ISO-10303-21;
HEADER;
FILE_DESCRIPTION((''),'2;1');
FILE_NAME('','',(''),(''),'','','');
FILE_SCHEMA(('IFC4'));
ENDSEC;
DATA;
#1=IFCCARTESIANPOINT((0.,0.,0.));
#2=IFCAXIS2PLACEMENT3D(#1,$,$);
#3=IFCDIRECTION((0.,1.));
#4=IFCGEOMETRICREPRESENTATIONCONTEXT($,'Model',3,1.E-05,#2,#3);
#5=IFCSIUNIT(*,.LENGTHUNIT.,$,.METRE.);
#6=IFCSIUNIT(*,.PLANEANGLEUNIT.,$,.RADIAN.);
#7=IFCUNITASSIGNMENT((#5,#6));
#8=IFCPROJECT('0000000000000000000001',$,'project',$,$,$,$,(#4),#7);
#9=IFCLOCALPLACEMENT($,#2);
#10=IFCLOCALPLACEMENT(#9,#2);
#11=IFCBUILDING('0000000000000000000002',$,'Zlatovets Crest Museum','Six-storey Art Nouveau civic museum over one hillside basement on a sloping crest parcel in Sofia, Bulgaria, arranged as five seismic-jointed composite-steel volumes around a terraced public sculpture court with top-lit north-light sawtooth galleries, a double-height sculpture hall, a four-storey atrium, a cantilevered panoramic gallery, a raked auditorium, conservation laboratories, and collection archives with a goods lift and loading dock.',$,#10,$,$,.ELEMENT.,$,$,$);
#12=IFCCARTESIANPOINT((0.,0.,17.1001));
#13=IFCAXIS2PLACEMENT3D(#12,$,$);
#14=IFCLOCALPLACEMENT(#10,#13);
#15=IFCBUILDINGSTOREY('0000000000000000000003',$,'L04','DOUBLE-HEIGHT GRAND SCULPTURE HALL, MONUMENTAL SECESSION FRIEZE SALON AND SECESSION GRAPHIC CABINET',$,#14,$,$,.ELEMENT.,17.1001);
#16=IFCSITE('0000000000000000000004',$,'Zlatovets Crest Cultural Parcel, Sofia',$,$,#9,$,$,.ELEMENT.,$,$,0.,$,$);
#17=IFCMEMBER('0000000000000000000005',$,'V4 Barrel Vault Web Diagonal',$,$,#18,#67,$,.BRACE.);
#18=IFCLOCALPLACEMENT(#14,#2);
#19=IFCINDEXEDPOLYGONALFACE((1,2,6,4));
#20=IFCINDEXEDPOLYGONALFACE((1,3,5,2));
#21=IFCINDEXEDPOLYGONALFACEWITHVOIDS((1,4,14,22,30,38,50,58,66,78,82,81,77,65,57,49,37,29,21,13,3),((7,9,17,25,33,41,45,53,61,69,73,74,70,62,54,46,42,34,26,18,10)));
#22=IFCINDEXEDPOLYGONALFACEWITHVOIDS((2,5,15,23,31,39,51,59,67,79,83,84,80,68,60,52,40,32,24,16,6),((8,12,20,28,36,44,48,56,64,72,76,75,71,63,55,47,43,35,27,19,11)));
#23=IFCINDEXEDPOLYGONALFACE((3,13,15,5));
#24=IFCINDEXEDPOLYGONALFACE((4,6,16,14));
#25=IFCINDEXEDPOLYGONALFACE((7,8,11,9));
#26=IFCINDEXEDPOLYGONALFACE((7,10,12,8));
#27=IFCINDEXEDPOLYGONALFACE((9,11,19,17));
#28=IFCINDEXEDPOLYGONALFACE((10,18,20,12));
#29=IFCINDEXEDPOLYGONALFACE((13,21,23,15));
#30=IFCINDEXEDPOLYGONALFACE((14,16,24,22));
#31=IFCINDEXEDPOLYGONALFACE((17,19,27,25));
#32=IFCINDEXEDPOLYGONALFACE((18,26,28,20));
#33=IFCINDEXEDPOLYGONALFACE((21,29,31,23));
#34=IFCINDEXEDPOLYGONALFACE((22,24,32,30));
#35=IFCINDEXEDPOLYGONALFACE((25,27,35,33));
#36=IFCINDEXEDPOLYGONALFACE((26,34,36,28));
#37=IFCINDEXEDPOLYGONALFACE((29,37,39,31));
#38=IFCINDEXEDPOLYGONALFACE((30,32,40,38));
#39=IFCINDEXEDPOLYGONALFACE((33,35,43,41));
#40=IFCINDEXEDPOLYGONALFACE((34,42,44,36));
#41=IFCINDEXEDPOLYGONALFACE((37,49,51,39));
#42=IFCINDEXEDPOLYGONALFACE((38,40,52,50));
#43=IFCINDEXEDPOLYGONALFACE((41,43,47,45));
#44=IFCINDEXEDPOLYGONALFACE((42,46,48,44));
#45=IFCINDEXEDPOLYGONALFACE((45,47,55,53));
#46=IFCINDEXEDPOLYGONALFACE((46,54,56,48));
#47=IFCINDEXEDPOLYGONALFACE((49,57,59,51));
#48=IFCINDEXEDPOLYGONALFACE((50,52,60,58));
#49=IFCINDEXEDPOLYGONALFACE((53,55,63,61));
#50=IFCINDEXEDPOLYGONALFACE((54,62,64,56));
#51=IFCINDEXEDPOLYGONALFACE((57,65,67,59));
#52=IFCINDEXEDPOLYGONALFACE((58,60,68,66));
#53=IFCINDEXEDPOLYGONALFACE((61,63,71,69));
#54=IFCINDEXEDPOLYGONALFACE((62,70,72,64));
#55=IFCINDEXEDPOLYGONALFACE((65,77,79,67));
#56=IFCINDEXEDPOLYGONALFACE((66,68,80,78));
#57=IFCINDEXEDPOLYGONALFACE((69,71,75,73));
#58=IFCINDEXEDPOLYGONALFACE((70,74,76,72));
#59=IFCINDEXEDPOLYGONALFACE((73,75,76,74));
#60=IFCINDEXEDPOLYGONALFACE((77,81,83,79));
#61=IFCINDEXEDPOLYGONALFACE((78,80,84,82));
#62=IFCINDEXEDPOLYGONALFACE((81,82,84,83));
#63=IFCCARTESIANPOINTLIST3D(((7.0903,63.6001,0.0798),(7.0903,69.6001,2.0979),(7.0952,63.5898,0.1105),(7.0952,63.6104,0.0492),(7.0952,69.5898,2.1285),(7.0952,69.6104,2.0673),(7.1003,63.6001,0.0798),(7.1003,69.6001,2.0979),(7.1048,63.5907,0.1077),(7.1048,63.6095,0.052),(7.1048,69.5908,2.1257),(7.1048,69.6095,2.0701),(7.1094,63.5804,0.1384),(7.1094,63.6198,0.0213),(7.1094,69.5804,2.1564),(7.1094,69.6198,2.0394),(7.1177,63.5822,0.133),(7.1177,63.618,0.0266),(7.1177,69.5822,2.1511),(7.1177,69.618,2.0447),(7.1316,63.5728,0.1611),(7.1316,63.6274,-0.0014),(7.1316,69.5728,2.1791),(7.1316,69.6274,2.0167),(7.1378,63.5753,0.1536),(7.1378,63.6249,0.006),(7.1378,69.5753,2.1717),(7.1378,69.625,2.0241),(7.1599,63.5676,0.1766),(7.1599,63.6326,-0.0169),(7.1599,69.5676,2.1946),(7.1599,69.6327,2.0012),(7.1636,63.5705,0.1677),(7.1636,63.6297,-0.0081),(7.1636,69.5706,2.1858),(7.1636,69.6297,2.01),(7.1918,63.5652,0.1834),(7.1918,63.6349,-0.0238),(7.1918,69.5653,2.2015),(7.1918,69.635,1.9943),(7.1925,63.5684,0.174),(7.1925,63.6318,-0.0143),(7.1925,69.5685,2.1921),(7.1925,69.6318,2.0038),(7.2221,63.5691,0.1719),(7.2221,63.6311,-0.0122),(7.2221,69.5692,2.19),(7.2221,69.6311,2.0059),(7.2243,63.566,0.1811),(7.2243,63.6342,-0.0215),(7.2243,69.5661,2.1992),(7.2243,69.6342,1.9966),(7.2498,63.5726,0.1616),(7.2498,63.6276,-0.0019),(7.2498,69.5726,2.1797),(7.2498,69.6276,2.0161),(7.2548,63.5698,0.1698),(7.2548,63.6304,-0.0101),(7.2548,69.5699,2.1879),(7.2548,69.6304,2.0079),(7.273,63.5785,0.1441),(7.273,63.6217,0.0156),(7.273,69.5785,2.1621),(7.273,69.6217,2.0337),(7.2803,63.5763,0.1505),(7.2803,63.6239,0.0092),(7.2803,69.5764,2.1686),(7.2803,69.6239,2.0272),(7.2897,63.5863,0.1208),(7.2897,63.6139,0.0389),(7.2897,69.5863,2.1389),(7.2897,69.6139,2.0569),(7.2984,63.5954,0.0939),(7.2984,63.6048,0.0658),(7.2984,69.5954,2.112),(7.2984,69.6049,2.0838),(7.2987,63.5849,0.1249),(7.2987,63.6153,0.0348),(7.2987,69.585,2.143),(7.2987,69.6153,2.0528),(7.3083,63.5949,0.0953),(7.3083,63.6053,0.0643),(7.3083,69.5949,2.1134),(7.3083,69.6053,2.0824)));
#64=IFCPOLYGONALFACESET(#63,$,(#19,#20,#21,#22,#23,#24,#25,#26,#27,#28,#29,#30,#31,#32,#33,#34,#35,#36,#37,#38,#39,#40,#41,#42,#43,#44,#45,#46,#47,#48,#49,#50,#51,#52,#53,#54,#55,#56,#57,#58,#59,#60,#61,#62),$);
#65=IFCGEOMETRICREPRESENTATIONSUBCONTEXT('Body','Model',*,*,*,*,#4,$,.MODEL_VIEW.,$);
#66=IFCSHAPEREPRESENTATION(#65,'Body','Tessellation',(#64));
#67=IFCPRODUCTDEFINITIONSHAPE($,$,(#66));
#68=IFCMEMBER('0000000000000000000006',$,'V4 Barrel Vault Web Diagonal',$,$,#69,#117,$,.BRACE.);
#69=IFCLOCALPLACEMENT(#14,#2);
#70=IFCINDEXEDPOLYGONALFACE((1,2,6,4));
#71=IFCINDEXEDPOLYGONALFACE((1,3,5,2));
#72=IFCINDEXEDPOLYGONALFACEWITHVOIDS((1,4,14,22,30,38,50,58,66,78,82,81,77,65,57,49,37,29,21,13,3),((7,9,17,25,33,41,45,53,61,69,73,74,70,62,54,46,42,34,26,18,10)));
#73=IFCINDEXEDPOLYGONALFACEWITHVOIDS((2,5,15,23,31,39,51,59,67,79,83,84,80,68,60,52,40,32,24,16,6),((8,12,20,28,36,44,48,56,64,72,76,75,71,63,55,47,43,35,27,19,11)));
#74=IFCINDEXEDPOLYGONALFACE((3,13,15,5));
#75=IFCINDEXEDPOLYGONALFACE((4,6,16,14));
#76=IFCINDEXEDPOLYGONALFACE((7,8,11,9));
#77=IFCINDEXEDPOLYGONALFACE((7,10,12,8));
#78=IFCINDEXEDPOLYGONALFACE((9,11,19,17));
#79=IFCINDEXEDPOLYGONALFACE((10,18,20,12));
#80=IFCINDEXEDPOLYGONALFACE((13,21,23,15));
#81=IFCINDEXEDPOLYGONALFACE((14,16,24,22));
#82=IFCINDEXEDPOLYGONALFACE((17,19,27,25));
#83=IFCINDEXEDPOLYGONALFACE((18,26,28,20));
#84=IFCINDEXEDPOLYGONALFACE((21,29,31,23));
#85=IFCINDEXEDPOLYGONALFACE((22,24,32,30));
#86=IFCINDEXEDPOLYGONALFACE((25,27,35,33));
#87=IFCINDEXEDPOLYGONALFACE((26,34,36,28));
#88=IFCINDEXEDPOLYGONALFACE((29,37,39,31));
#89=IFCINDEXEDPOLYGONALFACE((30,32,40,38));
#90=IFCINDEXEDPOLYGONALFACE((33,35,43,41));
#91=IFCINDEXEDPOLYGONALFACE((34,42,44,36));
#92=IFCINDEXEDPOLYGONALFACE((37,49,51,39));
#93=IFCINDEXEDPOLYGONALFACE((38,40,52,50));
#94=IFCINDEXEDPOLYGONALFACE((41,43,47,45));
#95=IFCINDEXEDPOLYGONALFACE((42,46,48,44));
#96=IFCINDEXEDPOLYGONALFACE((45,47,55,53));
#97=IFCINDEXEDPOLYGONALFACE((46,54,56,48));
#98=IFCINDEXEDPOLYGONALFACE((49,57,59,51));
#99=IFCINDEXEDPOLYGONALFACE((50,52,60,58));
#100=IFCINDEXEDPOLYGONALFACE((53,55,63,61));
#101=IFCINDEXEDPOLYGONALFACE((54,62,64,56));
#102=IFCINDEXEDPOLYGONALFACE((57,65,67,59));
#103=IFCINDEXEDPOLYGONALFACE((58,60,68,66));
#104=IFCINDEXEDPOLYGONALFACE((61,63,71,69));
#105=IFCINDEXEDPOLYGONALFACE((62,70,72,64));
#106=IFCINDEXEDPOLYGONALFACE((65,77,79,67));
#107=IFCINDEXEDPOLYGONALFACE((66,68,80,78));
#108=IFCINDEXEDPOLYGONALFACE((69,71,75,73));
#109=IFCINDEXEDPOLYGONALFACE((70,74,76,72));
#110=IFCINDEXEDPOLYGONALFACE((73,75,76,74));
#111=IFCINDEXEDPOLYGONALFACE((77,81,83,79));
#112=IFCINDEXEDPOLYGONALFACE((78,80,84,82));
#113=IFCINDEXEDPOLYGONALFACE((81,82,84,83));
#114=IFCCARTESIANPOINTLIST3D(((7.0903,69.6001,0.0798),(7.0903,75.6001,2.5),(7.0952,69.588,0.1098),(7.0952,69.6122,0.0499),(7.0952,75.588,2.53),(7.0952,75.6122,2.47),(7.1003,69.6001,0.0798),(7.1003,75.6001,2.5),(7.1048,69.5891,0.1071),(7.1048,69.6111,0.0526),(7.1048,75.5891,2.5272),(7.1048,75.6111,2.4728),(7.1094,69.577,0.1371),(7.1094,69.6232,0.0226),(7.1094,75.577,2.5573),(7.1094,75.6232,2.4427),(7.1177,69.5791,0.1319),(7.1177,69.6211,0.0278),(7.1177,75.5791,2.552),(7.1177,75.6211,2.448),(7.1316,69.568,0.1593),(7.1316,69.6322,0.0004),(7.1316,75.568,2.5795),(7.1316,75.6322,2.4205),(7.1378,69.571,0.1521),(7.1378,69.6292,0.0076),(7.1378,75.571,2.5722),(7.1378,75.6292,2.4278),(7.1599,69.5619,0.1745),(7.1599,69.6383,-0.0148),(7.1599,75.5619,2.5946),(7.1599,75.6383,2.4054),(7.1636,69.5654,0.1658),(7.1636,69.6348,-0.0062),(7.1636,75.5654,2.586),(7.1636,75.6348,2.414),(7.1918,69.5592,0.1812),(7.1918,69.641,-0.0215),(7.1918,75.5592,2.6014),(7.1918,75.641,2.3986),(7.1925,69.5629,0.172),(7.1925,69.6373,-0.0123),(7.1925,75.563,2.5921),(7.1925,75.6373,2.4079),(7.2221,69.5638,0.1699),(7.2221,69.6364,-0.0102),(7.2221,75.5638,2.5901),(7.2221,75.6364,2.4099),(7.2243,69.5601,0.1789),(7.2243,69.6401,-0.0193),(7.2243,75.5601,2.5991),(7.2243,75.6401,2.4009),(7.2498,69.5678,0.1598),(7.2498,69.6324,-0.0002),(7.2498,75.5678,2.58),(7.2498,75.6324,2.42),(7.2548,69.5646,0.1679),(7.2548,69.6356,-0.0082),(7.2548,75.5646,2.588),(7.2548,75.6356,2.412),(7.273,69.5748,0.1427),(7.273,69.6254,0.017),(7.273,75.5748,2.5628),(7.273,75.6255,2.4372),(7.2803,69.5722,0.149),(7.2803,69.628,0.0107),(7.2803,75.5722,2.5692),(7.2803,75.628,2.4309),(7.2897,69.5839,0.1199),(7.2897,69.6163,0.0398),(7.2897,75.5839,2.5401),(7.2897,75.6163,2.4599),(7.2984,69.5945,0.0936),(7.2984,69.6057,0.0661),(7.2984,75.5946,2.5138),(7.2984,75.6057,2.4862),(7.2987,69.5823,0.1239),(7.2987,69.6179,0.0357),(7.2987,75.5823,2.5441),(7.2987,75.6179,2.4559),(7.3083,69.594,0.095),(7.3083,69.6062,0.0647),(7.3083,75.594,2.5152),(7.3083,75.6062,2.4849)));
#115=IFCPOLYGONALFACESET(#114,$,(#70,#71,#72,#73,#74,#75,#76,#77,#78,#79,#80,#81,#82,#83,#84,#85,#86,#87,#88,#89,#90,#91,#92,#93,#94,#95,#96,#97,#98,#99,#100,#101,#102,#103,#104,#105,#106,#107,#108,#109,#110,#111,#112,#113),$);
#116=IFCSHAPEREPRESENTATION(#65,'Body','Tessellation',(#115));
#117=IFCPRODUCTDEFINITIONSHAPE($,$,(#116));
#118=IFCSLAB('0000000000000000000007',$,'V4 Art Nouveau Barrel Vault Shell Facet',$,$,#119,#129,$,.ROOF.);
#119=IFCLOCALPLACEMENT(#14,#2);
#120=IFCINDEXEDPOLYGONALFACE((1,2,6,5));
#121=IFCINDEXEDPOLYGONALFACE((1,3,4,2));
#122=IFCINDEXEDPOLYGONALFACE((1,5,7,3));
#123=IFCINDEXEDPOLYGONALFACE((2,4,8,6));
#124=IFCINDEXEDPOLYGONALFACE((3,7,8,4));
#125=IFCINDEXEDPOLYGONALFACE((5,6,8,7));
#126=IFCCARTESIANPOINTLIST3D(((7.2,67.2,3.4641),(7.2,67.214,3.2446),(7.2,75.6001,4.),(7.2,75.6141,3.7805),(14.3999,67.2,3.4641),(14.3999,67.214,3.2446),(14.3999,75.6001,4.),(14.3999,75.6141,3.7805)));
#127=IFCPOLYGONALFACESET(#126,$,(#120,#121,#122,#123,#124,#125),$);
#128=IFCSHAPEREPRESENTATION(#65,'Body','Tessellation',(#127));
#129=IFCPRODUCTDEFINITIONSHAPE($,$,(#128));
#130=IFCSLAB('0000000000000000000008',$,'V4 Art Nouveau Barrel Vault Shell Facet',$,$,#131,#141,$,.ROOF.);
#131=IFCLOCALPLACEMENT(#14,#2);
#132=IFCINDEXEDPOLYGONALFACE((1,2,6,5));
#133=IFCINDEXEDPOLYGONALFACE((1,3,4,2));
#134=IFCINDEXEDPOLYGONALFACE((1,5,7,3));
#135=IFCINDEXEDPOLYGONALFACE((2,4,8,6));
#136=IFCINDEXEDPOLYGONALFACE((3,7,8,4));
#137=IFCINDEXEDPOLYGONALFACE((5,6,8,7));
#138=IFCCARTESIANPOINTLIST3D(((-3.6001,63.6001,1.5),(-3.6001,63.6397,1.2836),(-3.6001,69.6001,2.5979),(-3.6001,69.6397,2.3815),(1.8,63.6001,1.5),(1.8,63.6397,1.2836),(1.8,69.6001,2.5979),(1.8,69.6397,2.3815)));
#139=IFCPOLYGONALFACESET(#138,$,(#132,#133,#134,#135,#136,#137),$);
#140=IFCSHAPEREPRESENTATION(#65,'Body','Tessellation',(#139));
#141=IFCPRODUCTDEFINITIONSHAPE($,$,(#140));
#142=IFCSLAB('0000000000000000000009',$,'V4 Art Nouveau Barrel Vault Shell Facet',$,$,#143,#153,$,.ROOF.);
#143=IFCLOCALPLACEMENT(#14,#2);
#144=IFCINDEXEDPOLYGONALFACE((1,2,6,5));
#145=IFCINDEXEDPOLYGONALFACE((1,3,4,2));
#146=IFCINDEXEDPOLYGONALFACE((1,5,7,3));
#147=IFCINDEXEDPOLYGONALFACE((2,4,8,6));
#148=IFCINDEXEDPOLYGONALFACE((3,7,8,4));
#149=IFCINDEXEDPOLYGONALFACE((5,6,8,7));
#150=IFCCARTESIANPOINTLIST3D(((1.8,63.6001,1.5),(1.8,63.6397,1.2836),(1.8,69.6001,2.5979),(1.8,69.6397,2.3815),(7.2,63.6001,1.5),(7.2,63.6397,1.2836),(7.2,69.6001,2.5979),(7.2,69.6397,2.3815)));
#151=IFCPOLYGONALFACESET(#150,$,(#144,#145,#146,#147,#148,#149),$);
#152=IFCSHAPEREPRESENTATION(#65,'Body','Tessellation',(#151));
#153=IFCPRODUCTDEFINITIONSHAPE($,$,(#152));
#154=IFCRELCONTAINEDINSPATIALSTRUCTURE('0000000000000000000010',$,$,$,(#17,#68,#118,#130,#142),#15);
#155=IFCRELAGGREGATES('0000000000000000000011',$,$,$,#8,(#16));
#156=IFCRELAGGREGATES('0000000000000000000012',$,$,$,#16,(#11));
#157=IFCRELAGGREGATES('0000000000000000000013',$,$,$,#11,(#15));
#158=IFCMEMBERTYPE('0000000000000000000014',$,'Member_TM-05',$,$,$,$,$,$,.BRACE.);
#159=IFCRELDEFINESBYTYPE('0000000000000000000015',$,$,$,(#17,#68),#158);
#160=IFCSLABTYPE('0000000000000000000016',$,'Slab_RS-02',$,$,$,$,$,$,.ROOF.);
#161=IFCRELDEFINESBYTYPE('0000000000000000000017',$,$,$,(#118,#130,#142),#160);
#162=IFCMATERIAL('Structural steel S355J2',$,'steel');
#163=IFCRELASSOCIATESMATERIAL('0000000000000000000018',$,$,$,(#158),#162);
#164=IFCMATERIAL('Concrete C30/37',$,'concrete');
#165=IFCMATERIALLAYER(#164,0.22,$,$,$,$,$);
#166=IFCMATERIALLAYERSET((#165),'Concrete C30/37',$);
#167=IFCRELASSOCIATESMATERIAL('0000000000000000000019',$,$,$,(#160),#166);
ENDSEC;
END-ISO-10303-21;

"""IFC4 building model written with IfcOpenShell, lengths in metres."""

from ifc_helpers import new_model, si_unit, direction, frame, origin, origin_2d, place, context, subcontext, project, spatial, polyline, hollow_circle, outline, extrude, material, layer, layer_set, material_profile, profile_set, type_object, element, save


model = new_model("IFC4")

# Units and contexts
model_context = context("Model", 3, precision=1e-05, world=origin(), true_north=direction((0.0, 1.0)))
body_context = subcontext(model_context, "Body", "Model", "MODEL_VIEW")
ifc_project = project(units=[si_unit("LENGTHUNIT", "METRE"), si_unit("PLANEANGLEUNIT", "RADIAN")], contexts=[model_context])

# Site, building, storey
site_placement = place(None, origin())
site = spatial("IfcSite", under=ifc_project, at=site_placement, Name="Zlatovets Crest Cultural Parcel, Sofia", CompositionType="ELEMENT", RefElevation=0.0)
building_placement = place(site_placement, origin())
building = spatial("IfcBuilding", under=site, at=building_placement, Name="Zlatovets Crest Museum", Description="Six-storey Art Nouveau civic museum over one hillside basement on a sloping crest parcel in Sofia, Bulgaria, arranged as five seismic-jointed composite-steel volumes around a terraced public sculpture court with top-lit north-light sawtooth galleries, a double-height sculpture hall, a four-storey atrium, a cantilevered panoramic gallery, a raked auditorium, conservation laboratories, and collection archives with a goods lift and loading dock.", CompositionType="ELEMENT")
storey_placement = place(building_placement, frame((0.0, 0.0, 17.1001)))
storey = spatial("IfcBuildingStorey", under=building, at=storey_placement, Name="L04", Description="DOUBLE-HEIGHT GRAND SCULPTURE HALL, MONUMENTAL SECESSION FRIEZE SALON AND SECESSION GRAPHIC CABINET", CompositionType="ELEMENT", Elevation=17.1001)

# Shared definitions
ifc_material_1 = material(Name="Structural steel S355J2", Category="steel")

# Members
ifc_material_profile_1 = material_profile(ifc_material_1, hollow_circle(Radius=0.1096, WallThickness=0.01, at=origin_2d()), Name="CHS 219.1x10.0")
ifc_profile_set_1 = profile_set([ifc_material_profile_1], Name="Structural steel S355J2")
member_type_1 = type_object("IfcMemberType", Name="Member_TM-05", PredefinedType="BRACE", material=ifc_profile_set_1)
member_1_placement = place(storey_placement, frame((7.2, 63.6001, 0.0798), z_axis=(0.0, 0.947824, 0.318795), x_axis=(-1.0, 0.0, 0.0)))
element("IfcMember", 1, at=member_1_placement, inside=storey, type_object=member_type_1, Name="V4 Barrel Vault Web Diagonal", PredefinedType="BRACE", context=body_context, shape_type="SweptSolid", body=[
    extrude(hollow_circle(Radius=0.1096, WallThickness=0.01, at=origin_2d()), origin(), (0.0, 0.0, 1.0), 6.3303),
])
member_2_placement = place(storey_placement, frame((7.2, 69.6001, 0.0798), z_axis=(0.0, 0.927398, 0.374076), x_axis=(-1.0, 0.0, 0.0)))
element("IfcMember", 2, at=member_2_placement, inside=storey, type_object=member_type_1, Name="V4 Barrel Vault Web Diagonal", PredefinedType="BRACE", context=body_context, shape_type="SweptSolid", body=[
    extrude(hollow_circle(Radius=0.1096, WallThickness=0.01, at=origin_2d()), origin(), (0.0, 0.0, 1.0), 6.4697),
])

# Slabs
ifc_material_2 = material(Name="Concrete C30/37", Category="concrete")
ifc_layer = layer(ifc_material_2, 0.22)
ifc_layer_set = layer_set([ifc_layer], Name="Concrete C30/37")
slab_type = type_object("IfcSlabType", Name="Slab_RS-02", PredefinedType="ROOF", material=ifc_layer_set)
slab_1_placement = place(storey_placement, frame((7.2, 67.2, 3.4641), z_axis=(0.0, -0.063666, 0.997971), x_axis=(1.0, 0.0, 0.0)))
element("IfcSlab", 3, at=slab_1_placement, inside=storey, type_object=slab_type, Name="V4 Art Nouveau Barrel Vault Shell Facet", PredefinedType="ROOF", context=body_context, shape_type="SweptSolid", body=[
    extrude(outline(polyline([(0.0, 0.0), (7.2, 0.0), (7.2, 8.4172), (0.0, 8.4172), (0.0, 0.0)])), origin(), (0.0, 0.0, -1.0), 0.22),
])
slab_2_placement = place(storey_placement, frame((-3.6001, 63.6001, 1.5), z_axis=(0.0, -0.179995, 0.983668), x_axis=(1.0, 0.0, 0.0)))
element("IfcSlab", 4, at=slab_2_placement, inside=storey, type_object=slab_type, Name="V4 Art Nouveau Barrel Vault Shell Facet", PredefinedType="ROOF", context=body_context, shape_type="SweptSolid", body=[
    extrude(outline(polyline([(0.0, 0.0), (5.4001, 0.0), (5.4001, 6.0996), (0.0, 6.0996), (0.0, 0.0)])), origin(), (0.0, 0.0, -1.0), 0.22),
])
slab_3_placement = place(storey_placement, frame((1.8, 63.6001, 1.5), z_axis=(0.0, -0.179995, 0.983668), x_axis=(1.0, 0.0, 0.0)))
element("IfcSlab", 5, at=slab_3_placement, inside=storey, type_object=slab_type, Name="V4 Art Nouveau Barrel Vault Shell Facet", PredefinedType="ROOF", context=body_context, shape_type="SweptSolid", body=[
    extrude(outline(polyline([(0.0, 0.0), (5.3999, 0.0), (5.3999, 6.0996), (0.0, 6.0996), (0.0, 0.0)])), origin(), (0.0, 0.0, -1.0), 0.22),
])

save(model, "model.ifc")
